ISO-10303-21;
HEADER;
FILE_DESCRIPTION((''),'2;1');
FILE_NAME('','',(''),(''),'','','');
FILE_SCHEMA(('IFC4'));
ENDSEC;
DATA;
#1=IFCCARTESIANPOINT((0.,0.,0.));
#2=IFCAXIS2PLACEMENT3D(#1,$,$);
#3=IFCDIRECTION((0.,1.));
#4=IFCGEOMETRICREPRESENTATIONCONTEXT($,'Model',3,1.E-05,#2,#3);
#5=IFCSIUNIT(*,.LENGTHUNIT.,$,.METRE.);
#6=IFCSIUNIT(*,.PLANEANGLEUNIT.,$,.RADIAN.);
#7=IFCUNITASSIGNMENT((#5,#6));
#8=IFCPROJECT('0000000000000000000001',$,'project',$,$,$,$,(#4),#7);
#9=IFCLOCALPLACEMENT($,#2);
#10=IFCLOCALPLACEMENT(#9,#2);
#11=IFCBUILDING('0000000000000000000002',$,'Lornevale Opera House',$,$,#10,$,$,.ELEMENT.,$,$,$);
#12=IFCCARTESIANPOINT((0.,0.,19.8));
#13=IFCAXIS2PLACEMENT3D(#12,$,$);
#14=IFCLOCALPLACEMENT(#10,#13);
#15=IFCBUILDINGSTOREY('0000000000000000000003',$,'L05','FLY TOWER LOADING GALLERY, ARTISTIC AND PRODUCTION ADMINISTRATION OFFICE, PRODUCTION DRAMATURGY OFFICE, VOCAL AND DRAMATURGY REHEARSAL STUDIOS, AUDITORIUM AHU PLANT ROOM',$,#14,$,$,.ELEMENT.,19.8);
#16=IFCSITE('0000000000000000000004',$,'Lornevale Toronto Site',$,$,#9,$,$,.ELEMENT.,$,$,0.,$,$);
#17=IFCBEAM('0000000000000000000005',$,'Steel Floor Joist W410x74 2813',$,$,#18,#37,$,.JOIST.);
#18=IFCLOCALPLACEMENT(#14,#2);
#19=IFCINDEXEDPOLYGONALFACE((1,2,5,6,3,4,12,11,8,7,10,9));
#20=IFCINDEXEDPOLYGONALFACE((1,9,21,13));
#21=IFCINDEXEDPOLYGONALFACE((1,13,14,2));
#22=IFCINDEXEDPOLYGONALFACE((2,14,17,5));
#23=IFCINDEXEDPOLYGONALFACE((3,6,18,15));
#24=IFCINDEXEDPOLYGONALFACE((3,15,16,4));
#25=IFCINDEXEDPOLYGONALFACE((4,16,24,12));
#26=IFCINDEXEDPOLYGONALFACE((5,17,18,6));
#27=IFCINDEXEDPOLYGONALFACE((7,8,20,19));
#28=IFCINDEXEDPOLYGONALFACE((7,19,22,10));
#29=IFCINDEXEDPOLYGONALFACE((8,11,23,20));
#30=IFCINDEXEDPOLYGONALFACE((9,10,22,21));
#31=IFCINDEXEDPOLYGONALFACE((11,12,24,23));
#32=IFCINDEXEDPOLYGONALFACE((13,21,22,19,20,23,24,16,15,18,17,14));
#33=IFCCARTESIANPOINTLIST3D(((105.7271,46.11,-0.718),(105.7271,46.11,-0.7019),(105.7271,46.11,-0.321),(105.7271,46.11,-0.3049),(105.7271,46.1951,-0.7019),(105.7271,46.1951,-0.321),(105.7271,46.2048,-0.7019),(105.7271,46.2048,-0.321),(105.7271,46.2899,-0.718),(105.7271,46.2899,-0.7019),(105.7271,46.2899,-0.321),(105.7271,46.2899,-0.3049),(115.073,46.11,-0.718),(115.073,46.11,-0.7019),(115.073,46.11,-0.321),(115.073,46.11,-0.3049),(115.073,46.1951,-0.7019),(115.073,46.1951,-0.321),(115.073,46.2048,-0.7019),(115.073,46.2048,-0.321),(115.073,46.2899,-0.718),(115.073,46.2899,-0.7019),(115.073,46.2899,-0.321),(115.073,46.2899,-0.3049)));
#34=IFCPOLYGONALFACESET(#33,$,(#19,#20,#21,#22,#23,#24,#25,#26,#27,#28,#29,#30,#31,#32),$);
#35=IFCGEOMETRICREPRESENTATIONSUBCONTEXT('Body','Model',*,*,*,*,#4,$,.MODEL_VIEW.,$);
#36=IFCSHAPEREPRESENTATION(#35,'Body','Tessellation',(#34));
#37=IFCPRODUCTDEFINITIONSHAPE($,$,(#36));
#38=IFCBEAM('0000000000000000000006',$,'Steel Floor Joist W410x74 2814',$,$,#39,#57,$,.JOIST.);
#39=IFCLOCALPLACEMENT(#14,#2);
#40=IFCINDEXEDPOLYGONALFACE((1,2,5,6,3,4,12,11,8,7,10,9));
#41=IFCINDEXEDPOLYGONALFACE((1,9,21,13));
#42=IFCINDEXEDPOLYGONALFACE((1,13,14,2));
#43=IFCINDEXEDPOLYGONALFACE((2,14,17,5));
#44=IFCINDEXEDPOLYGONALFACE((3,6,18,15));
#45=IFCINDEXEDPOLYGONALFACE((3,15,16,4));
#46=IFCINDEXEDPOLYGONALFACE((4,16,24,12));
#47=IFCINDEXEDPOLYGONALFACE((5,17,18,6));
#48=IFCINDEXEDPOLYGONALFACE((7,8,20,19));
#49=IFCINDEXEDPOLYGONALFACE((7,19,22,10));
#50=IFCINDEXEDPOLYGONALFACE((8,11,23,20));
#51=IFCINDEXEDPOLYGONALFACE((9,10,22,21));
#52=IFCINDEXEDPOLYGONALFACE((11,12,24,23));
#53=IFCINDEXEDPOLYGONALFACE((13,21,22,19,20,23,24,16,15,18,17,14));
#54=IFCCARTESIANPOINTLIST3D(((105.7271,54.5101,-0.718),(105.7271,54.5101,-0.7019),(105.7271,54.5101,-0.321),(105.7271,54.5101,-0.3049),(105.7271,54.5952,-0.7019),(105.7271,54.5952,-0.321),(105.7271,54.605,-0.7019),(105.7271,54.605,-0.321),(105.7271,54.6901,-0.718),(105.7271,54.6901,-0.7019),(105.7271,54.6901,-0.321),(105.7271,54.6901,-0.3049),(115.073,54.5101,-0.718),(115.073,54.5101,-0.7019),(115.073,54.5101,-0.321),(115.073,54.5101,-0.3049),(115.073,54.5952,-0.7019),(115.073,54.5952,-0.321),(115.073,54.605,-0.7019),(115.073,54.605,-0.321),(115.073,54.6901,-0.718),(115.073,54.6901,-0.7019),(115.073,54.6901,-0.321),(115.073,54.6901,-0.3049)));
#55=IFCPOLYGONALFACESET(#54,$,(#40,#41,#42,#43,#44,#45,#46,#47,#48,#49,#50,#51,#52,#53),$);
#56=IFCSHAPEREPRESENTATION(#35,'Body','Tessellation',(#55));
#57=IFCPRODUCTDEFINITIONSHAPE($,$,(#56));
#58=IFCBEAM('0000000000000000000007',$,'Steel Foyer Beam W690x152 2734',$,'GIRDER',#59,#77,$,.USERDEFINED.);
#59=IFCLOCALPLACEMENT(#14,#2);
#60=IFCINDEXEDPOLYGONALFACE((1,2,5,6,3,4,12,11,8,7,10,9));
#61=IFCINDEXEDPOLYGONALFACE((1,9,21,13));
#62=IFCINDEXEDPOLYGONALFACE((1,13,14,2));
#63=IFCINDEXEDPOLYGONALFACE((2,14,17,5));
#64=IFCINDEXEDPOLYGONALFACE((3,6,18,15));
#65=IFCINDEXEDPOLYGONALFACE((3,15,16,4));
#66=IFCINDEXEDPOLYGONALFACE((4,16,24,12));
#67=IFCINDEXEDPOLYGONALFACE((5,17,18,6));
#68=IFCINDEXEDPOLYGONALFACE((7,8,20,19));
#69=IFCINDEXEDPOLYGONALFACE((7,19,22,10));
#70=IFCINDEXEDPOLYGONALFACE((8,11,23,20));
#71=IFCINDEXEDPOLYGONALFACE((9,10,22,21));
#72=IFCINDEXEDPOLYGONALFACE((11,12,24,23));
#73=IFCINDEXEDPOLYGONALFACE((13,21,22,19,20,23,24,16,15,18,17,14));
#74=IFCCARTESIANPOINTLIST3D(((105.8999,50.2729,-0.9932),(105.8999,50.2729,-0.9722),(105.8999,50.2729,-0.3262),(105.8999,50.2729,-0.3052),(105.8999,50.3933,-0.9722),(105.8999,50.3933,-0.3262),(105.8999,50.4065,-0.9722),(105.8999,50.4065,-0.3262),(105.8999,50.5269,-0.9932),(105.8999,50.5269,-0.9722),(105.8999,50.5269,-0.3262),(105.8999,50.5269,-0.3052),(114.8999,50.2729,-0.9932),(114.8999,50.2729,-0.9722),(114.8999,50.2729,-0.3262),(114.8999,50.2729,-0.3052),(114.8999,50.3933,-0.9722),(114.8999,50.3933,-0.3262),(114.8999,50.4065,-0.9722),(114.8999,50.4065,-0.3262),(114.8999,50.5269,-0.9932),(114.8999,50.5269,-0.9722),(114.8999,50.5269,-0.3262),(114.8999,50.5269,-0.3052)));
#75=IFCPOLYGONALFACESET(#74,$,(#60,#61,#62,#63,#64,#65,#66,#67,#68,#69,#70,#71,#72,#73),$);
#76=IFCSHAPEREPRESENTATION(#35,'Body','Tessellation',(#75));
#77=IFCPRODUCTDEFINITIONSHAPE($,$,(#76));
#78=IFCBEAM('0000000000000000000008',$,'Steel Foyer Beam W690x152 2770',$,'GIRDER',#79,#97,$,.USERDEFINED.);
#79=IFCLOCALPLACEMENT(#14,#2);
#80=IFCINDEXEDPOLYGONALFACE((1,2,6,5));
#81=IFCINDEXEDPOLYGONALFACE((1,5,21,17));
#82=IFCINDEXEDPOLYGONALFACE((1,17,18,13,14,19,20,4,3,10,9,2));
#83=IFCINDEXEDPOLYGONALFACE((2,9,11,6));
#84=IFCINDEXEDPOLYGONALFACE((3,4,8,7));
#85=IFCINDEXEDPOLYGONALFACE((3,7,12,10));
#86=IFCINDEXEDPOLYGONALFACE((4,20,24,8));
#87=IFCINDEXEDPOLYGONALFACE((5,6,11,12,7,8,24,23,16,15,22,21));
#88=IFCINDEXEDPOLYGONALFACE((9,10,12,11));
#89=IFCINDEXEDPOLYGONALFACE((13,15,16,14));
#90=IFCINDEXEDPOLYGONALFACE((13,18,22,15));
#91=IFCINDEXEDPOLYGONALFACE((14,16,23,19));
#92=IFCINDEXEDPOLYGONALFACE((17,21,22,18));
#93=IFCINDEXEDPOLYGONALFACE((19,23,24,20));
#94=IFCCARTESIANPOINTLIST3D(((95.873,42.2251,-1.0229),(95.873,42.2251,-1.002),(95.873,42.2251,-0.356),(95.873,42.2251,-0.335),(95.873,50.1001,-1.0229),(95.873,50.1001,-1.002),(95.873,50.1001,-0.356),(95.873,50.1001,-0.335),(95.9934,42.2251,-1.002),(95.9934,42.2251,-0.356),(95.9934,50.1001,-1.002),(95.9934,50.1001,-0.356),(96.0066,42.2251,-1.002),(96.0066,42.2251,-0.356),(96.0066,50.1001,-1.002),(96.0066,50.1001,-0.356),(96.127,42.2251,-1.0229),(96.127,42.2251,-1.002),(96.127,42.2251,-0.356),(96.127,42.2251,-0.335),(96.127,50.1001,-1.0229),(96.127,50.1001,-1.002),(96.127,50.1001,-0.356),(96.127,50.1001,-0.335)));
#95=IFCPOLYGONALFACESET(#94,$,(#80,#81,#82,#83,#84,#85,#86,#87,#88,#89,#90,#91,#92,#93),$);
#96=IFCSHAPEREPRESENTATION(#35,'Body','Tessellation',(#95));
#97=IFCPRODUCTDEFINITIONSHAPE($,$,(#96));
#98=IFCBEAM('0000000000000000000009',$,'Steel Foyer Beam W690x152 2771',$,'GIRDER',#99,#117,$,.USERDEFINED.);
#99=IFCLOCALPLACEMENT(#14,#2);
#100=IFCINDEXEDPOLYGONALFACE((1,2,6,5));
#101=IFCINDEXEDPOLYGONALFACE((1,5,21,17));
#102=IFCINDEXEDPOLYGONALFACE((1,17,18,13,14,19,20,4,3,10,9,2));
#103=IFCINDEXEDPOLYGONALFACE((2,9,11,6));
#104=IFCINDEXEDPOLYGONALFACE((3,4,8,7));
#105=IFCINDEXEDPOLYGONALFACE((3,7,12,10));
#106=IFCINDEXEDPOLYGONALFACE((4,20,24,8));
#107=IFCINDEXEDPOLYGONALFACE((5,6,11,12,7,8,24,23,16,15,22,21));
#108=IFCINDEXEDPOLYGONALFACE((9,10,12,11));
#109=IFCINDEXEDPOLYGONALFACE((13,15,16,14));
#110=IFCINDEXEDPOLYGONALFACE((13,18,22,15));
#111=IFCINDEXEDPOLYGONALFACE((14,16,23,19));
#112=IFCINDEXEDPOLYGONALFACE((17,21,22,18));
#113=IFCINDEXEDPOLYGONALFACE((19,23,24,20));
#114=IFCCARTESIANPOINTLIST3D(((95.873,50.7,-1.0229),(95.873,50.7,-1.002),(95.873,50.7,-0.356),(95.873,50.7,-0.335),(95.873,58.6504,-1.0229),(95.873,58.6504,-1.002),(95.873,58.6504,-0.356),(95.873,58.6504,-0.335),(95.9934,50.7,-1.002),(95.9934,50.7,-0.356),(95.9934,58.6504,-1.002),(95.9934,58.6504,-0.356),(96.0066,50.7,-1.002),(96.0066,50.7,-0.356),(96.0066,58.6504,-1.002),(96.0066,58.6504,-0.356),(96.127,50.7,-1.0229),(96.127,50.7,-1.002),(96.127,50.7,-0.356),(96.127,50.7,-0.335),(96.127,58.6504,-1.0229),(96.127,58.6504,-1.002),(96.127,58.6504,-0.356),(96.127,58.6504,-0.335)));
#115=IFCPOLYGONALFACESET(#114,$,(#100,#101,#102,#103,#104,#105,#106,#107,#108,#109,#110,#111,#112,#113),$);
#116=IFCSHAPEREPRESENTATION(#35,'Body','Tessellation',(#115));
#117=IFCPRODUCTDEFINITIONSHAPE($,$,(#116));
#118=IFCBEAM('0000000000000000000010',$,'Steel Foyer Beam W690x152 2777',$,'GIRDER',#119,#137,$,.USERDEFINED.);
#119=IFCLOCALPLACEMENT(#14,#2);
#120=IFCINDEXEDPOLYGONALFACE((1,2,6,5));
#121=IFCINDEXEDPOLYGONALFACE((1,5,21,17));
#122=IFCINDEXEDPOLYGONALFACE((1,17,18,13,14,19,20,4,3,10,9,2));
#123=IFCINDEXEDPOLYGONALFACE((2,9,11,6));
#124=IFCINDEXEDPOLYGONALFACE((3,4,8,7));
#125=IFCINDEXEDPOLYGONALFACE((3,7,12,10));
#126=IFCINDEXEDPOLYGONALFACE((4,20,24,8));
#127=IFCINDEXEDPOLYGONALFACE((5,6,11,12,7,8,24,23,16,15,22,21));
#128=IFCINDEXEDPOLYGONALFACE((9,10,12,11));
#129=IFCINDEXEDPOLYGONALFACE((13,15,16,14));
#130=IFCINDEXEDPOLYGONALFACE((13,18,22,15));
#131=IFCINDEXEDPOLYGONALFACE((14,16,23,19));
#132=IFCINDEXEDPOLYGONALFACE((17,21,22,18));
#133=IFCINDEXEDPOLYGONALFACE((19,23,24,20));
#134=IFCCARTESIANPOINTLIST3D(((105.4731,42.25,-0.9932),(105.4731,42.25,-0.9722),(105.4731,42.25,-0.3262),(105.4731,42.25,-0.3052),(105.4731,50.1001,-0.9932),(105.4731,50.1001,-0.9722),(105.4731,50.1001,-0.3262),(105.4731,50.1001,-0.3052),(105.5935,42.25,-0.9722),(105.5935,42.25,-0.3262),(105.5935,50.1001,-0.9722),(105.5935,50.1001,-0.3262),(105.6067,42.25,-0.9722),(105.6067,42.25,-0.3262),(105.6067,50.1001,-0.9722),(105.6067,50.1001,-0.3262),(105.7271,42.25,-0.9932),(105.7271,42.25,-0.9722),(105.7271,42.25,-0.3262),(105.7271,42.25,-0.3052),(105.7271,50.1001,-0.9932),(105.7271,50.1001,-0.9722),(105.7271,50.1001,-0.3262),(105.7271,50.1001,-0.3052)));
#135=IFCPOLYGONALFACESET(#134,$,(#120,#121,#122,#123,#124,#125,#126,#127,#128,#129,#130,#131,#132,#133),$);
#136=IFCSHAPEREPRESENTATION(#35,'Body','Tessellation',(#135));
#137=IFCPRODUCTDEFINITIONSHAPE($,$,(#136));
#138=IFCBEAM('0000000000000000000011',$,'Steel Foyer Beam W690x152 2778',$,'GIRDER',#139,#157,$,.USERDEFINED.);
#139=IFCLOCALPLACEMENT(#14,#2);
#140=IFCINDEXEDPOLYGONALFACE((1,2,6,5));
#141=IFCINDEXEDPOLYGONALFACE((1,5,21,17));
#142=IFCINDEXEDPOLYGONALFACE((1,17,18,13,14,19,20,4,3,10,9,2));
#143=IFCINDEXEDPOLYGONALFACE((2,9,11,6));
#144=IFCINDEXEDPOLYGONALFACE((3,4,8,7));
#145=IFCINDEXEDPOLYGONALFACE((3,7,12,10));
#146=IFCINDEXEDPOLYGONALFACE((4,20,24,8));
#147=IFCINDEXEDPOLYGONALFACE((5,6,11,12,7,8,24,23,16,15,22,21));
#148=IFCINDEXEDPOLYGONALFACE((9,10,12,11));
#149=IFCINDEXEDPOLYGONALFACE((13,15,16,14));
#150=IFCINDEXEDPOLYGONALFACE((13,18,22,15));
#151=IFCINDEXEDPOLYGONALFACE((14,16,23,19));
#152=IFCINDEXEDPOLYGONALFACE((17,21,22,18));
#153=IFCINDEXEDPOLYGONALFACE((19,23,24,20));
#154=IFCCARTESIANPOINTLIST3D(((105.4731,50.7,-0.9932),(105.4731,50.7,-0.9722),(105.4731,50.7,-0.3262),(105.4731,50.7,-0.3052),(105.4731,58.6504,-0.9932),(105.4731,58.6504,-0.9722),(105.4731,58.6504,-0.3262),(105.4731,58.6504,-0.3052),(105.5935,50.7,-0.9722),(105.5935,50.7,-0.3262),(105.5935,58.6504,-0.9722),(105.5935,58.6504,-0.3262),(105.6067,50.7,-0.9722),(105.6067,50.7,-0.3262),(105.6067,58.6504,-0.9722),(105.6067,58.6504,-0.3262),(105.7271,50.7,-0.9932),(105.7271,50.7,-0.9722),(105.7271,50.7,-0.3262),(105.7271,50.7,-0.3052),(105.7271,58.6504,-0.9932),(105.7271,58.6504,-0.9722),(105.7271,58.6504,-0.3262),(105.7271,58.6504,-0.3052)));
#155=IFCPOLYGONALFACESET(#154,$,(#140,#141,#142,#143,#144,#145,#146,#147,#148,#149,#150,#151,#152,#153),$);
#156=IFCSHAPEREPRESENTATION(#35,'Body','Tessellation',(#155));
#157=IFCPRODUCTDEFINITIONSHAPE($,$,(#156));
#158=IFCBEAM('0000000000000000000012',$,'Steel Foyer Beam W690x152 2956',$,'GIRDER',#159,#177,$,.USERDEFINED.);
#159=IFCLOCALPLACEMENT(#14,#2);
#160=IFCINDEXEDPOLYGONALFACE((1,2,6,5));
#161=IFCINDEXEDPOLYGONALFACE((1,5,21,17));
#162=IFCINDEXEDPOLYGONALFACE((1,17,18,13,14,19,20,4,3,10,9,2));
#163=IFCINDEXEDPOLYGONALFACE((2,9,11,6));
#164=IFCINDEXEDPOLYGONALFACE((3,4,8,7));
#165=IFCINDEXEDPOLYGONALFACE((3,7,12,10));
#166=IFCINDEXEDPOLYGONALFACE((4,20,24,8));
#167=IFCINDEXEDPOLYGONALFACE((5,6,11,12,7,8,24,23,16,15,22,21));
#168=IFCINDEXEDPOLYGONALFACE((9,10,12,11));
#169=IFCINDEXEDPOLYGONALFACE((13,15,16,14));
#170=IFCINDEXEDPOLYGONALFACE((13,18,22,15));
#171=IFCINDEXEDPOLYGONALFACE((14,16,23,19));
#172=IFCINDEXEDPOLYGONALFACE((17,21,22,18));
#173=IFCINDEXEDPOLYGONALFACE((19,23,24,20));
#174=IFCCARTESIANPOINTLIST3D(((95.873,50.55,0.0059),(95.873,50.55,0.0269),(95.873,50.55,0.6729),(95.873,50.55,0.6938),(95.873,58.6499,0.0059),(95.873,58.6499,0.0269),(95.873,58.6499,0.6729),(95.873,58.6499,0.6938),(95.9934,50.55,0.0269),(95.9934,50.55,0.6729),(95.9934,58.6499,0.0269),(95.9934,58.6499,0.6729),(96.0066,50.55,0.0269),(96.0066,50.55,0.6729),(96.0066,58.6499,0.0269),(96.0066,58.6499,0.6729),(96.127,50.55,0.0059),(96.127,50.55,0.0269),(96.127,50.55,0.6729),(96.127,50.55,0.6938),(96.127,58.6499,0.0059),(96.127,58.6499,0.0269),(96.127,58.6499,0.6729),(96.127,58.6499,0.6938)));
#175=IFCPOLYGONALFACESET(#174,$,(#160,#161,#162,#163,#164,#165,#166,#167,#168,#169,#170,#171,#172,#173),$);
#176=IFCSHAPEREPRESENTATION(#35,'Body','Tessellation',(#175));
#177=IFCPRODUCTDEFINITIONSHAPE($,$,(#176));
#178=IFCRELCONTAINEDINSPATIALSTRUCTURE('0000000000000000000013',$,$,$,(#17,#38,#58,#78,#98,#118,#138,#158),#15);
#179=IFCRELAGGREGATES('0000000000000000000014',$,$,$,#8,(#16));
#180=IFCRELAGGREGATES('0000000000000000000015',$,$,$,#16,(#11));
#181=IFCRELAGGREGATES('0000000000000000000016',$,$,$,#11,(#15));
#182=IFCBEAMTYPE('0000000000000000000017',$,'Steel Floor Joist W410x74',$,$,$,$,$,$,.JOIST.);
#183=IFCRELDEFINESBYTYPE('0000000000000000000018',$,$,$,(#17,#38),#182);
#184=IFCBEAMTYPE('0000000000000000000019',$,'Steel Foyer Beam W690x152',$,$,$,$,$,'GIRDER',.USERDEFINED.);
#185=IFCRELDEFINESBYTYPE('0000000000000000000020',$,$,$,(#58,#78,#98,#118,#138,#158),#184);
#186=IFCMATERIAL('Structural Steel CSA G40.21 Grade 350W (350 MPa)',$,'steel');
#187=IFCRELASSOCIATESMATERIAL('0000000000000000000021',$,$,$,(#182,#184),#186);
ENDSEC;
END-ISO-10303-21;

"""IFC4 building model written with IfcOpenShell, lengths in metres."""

from ifc_helpers import new_model, si_unit, direction, frame, origin, origin_2d, place, context, subcontext, project, spatial, i_section, extrude, material, material_profile, profile_set, type_object, element, save


model = new_model("IFC4")

# Units and contexts
model_context = context("Model", 3, precision=1e-05, world=origin(), true_north=direction((0.0, 1.0)))
body_context = subcontext(model_context, "Body", "Model", "MODEL_VIEW")
ifc_project = project(units=[si_unit("LENGTHUNIT", "METRE"), si_unit("PLANEANGLEUNIT", "RADIAN")], contexts=[model_context])

# Site, building, storey
site_placement = place(None, origin())
site = spatial("IfcSite", under=ifc_project, at=site_placement, Name="Lornevale Toronto Site", CompositionType="ELEMENT", RefElevation=0.0)
building_placement = place(site_placement, origin())
building = spatial("IfcBuilding", under=site, at=building_placement, Name="Lornevale Opera House", CompositionType="ELEMENT")
storey_placement = place(building_placement, frame((0.0, 0.0, 19.8)))
storey = spatial("IfcBuildingStorey", under=building, at=storey_placement, Name="L05", Description="FLY TOWER LOADING GALLERY, ARTISTIC AND PRODUCTION ADMINISTRATION OFFICE, PRODUCTION DRAMATURGY OFFICE, VOCAL AND DRAMATURGY REHEARSAL STUDIOS, AUDITORIUM AHU PLANT ROOM", CompositionType="ELEMENT", Elevation=19.8)

# Shared definitions
ifc_material_1 = material(Name="Structural Steel CSA G40.21 Grade 350W (350 MPa)", Category="steel")

# Beams
ifc_material_profile_1 = material_profile(ifc_material_1, i_section(OverallWidth=0.1799, OverallDepth=0.4131, WebThickness=0.0098, FlangeThickness=0.0161, at=origin_2d()), Name="W410x74")
ifc_profile_set_1 = profile_set([ifc_material_profile_1], Name="Structural Steel CSA G40.21 Grade 350W (350 MPa)")
beam_type_1 = type_object("IfcBeamType", Name="Steel Floor Joist W410x74", PredefinedType="JOIST", material=ifc_profile_set_1)
for number, where, z_axis, x_axis, name in (
    (1, (105.7271, 46.2, -0.5115), (1.0, 0.0, 0.0), (0.0, 1.0, 0.0), "Steel Floor Joist W410x74 2813"),
    (2, (105.7271, 54.6001, -0.5115), (1.0, 0.0, 0.0), (0.0, 1.0, 0.0), "Steel Floor Joist W410x74 2814"),
):
    element("IfcBeam", number, at=place(storey_placement, frame(where, z_axis=z_axis, x_axis=x_axis)), inside=storey, type_object=beam_type_1, Name=name, PredefinedType="JOIST", context=body_context, shape_type="SweptSolid", body=[
        extrude(i_section(OverallWidth=0.1799, OverallDepth=0.4131, WebThickness=0.0098, FlangeThickness=0.0161, at=origin_2d()), origin(), (0.0, 0.0, 1.0), 9.3459),
    ])
ifc_material_profile_2 = material_profile(ifc_material_1, i_section(OverallWidth=0.2539, OverallDepth=0.688, WebThickness=0.0132, FlangeThickness=0.021, at=origin_2d()), Name="W690x152")
ifc_profile_set_2 = profile_set([ifc_material_profile_2], Name="Structural Steel CSA G40.21 Grade 350W (350 MPa)")
beam_type_2 = type_object("IfcBeamType", Name="Steel Foyer Beam W690x152", ElementType="GIRDER", PredefinedType="USERDEFINED", material=ifc_profile_set_2)
beam_1_placement = place(storey_placement, frame((105.8999, 50.3999, -0.6492), z_axis=(1.0, 0.0, 0.0), x_axis=(0.0, 1.0, 0.0)))
element("IfcBeam", 3, at=beam_1_placement, inside=storey, type_object=beam_type_2, Name="Steel Foyer Beam W690x152 2734", ObjectType="GIRDER", PredefinedType="USERDEFINED", context=body_context, shape_type="SweptSolid", body=[
    extrude(i_section(OverallWidth=0.2539, OverallDepth=0.688, WebThickness=0.0132, FlangeThickness=0.021, at=origin_2d()), origin(), (0.0, 0.0, 1.0), 9.0),
])
beam_2_placement = place(storey_placement, frame((96.0, 42.2251, -0.679), z_axis=(0.0, 1.0, 0.0), x_axis=(-1.0, 0.0, 0.0)))
element("IfcBeam", 4, at=beam_2_placement, inside=storey, type_object=beam_type_2, Name="Steel Foyer Beam W690x152 2770", ObjectType="GIRDER", PredefinedType="USERDEFINED", context=body_context, shape_type="SweptSolid", body=[
    extrude(i_section(OverallWidth=0.2539, OverallDepth=0.688, WebThickness=0.0132, FlangeThickness=0.021, at=origin_2d()), origin(), (0.0, 0.0, 1.0), 7.875),
])
beam_3_placement = place(storey_placement, frame((96.0, 50.7, -0.679), z_axis=(0.0, 1.0, 0.0), x_axis=(-1.0, 0.0, 0.0)))
element("IfcBeam", 5, at=beam_3_placement, inside=storey, type_object=beam_type_2, Name="Steel Foyer Beam W690x152 2771", ObjectType="GIRDER", PredefinedType="USERDEFINED", context=body_context, shape_type="SweptSolid", body=[
    extrude(i_section(OverallWidth=0.2539, OverallDepth=0.688, WebThickness=0.0132, FlangeThickness=0.021, at=origin_2d()), origin(), (0.0, 0.0, 1.0), 7.9504),
])
beam_4_placement = place(storey_placement, frame((105.6001, 42.25, -0.6492), z_axis=(0.0, 1.0, 0.0), x_axis=(-1.0, 0.0, 0.0)))
element("IfcBeam", 6, at=beam_4_placement, inside=storey, type_object=beam_type_2, Name="Steel Foyer Beam W690x152 2777", ObjectType="GIRDER", PredefinedType="USERDEFINED", context=body_context, shape_type="SweptSolid", body=[
    extrude(i_section(OverallWidth=0.2539, OverallDepth=0.688, WebThickness=0.0132, FlangeThickness=0.021, at=origin_2d()), origin(), (0.0, 0.0, 1.0), 7.8501),
])
beam_5_placement = place(storey_placement, frame((105.6001, 50.7, -0.6492), z_axis=(0.0, 1.0, 0.0), x_axis=(-1.0, 0.0, 0.0)))
element("IfcBeam", 7, at=beam_5_placement, inside=storey, type_object=beam_type_2, Name="Steel Foyer Beam W690x152 2778", ObjectType="GIRDER", PredefinedType="USERDEFINED", context=body_context, shape_type="SweptSolid", body=[
    extrude(i_section(OverallWidth=0.2539, OverallDepth=0.688, WebThickness=0.0132, FlangeThickness=0.021, at=origin_2d()), origin(), (0.0, 0.0, 1.0), 7.9504),
])
beam_6_placement = place(storey_placement, frame((96.0, 50.55, 0.3499), z_axis=(0.0, 1.0, 0.0), x_axis=(-1.0, 0.0, 0.0)))
element("IfcBeam", 8, at=beam_6_placement, inside=storey, type_object=beam_type_2, Name="Steel Foyer Beam W690x152 2956", ObjectType="GIRDER", PredefinedType="USERDEFINED", context=body_context, shape_type="SweptSolid", body=[
    extrude(i_section(OverallWidth=0.2539, OverallDepth=0.688, WebThickness=0.0132, FlangeThickness=0.021, at=origin_2d()), origin(), (0.0, 0.0, 1.0), 8.0999),
])

save(model, "model.ifc")
